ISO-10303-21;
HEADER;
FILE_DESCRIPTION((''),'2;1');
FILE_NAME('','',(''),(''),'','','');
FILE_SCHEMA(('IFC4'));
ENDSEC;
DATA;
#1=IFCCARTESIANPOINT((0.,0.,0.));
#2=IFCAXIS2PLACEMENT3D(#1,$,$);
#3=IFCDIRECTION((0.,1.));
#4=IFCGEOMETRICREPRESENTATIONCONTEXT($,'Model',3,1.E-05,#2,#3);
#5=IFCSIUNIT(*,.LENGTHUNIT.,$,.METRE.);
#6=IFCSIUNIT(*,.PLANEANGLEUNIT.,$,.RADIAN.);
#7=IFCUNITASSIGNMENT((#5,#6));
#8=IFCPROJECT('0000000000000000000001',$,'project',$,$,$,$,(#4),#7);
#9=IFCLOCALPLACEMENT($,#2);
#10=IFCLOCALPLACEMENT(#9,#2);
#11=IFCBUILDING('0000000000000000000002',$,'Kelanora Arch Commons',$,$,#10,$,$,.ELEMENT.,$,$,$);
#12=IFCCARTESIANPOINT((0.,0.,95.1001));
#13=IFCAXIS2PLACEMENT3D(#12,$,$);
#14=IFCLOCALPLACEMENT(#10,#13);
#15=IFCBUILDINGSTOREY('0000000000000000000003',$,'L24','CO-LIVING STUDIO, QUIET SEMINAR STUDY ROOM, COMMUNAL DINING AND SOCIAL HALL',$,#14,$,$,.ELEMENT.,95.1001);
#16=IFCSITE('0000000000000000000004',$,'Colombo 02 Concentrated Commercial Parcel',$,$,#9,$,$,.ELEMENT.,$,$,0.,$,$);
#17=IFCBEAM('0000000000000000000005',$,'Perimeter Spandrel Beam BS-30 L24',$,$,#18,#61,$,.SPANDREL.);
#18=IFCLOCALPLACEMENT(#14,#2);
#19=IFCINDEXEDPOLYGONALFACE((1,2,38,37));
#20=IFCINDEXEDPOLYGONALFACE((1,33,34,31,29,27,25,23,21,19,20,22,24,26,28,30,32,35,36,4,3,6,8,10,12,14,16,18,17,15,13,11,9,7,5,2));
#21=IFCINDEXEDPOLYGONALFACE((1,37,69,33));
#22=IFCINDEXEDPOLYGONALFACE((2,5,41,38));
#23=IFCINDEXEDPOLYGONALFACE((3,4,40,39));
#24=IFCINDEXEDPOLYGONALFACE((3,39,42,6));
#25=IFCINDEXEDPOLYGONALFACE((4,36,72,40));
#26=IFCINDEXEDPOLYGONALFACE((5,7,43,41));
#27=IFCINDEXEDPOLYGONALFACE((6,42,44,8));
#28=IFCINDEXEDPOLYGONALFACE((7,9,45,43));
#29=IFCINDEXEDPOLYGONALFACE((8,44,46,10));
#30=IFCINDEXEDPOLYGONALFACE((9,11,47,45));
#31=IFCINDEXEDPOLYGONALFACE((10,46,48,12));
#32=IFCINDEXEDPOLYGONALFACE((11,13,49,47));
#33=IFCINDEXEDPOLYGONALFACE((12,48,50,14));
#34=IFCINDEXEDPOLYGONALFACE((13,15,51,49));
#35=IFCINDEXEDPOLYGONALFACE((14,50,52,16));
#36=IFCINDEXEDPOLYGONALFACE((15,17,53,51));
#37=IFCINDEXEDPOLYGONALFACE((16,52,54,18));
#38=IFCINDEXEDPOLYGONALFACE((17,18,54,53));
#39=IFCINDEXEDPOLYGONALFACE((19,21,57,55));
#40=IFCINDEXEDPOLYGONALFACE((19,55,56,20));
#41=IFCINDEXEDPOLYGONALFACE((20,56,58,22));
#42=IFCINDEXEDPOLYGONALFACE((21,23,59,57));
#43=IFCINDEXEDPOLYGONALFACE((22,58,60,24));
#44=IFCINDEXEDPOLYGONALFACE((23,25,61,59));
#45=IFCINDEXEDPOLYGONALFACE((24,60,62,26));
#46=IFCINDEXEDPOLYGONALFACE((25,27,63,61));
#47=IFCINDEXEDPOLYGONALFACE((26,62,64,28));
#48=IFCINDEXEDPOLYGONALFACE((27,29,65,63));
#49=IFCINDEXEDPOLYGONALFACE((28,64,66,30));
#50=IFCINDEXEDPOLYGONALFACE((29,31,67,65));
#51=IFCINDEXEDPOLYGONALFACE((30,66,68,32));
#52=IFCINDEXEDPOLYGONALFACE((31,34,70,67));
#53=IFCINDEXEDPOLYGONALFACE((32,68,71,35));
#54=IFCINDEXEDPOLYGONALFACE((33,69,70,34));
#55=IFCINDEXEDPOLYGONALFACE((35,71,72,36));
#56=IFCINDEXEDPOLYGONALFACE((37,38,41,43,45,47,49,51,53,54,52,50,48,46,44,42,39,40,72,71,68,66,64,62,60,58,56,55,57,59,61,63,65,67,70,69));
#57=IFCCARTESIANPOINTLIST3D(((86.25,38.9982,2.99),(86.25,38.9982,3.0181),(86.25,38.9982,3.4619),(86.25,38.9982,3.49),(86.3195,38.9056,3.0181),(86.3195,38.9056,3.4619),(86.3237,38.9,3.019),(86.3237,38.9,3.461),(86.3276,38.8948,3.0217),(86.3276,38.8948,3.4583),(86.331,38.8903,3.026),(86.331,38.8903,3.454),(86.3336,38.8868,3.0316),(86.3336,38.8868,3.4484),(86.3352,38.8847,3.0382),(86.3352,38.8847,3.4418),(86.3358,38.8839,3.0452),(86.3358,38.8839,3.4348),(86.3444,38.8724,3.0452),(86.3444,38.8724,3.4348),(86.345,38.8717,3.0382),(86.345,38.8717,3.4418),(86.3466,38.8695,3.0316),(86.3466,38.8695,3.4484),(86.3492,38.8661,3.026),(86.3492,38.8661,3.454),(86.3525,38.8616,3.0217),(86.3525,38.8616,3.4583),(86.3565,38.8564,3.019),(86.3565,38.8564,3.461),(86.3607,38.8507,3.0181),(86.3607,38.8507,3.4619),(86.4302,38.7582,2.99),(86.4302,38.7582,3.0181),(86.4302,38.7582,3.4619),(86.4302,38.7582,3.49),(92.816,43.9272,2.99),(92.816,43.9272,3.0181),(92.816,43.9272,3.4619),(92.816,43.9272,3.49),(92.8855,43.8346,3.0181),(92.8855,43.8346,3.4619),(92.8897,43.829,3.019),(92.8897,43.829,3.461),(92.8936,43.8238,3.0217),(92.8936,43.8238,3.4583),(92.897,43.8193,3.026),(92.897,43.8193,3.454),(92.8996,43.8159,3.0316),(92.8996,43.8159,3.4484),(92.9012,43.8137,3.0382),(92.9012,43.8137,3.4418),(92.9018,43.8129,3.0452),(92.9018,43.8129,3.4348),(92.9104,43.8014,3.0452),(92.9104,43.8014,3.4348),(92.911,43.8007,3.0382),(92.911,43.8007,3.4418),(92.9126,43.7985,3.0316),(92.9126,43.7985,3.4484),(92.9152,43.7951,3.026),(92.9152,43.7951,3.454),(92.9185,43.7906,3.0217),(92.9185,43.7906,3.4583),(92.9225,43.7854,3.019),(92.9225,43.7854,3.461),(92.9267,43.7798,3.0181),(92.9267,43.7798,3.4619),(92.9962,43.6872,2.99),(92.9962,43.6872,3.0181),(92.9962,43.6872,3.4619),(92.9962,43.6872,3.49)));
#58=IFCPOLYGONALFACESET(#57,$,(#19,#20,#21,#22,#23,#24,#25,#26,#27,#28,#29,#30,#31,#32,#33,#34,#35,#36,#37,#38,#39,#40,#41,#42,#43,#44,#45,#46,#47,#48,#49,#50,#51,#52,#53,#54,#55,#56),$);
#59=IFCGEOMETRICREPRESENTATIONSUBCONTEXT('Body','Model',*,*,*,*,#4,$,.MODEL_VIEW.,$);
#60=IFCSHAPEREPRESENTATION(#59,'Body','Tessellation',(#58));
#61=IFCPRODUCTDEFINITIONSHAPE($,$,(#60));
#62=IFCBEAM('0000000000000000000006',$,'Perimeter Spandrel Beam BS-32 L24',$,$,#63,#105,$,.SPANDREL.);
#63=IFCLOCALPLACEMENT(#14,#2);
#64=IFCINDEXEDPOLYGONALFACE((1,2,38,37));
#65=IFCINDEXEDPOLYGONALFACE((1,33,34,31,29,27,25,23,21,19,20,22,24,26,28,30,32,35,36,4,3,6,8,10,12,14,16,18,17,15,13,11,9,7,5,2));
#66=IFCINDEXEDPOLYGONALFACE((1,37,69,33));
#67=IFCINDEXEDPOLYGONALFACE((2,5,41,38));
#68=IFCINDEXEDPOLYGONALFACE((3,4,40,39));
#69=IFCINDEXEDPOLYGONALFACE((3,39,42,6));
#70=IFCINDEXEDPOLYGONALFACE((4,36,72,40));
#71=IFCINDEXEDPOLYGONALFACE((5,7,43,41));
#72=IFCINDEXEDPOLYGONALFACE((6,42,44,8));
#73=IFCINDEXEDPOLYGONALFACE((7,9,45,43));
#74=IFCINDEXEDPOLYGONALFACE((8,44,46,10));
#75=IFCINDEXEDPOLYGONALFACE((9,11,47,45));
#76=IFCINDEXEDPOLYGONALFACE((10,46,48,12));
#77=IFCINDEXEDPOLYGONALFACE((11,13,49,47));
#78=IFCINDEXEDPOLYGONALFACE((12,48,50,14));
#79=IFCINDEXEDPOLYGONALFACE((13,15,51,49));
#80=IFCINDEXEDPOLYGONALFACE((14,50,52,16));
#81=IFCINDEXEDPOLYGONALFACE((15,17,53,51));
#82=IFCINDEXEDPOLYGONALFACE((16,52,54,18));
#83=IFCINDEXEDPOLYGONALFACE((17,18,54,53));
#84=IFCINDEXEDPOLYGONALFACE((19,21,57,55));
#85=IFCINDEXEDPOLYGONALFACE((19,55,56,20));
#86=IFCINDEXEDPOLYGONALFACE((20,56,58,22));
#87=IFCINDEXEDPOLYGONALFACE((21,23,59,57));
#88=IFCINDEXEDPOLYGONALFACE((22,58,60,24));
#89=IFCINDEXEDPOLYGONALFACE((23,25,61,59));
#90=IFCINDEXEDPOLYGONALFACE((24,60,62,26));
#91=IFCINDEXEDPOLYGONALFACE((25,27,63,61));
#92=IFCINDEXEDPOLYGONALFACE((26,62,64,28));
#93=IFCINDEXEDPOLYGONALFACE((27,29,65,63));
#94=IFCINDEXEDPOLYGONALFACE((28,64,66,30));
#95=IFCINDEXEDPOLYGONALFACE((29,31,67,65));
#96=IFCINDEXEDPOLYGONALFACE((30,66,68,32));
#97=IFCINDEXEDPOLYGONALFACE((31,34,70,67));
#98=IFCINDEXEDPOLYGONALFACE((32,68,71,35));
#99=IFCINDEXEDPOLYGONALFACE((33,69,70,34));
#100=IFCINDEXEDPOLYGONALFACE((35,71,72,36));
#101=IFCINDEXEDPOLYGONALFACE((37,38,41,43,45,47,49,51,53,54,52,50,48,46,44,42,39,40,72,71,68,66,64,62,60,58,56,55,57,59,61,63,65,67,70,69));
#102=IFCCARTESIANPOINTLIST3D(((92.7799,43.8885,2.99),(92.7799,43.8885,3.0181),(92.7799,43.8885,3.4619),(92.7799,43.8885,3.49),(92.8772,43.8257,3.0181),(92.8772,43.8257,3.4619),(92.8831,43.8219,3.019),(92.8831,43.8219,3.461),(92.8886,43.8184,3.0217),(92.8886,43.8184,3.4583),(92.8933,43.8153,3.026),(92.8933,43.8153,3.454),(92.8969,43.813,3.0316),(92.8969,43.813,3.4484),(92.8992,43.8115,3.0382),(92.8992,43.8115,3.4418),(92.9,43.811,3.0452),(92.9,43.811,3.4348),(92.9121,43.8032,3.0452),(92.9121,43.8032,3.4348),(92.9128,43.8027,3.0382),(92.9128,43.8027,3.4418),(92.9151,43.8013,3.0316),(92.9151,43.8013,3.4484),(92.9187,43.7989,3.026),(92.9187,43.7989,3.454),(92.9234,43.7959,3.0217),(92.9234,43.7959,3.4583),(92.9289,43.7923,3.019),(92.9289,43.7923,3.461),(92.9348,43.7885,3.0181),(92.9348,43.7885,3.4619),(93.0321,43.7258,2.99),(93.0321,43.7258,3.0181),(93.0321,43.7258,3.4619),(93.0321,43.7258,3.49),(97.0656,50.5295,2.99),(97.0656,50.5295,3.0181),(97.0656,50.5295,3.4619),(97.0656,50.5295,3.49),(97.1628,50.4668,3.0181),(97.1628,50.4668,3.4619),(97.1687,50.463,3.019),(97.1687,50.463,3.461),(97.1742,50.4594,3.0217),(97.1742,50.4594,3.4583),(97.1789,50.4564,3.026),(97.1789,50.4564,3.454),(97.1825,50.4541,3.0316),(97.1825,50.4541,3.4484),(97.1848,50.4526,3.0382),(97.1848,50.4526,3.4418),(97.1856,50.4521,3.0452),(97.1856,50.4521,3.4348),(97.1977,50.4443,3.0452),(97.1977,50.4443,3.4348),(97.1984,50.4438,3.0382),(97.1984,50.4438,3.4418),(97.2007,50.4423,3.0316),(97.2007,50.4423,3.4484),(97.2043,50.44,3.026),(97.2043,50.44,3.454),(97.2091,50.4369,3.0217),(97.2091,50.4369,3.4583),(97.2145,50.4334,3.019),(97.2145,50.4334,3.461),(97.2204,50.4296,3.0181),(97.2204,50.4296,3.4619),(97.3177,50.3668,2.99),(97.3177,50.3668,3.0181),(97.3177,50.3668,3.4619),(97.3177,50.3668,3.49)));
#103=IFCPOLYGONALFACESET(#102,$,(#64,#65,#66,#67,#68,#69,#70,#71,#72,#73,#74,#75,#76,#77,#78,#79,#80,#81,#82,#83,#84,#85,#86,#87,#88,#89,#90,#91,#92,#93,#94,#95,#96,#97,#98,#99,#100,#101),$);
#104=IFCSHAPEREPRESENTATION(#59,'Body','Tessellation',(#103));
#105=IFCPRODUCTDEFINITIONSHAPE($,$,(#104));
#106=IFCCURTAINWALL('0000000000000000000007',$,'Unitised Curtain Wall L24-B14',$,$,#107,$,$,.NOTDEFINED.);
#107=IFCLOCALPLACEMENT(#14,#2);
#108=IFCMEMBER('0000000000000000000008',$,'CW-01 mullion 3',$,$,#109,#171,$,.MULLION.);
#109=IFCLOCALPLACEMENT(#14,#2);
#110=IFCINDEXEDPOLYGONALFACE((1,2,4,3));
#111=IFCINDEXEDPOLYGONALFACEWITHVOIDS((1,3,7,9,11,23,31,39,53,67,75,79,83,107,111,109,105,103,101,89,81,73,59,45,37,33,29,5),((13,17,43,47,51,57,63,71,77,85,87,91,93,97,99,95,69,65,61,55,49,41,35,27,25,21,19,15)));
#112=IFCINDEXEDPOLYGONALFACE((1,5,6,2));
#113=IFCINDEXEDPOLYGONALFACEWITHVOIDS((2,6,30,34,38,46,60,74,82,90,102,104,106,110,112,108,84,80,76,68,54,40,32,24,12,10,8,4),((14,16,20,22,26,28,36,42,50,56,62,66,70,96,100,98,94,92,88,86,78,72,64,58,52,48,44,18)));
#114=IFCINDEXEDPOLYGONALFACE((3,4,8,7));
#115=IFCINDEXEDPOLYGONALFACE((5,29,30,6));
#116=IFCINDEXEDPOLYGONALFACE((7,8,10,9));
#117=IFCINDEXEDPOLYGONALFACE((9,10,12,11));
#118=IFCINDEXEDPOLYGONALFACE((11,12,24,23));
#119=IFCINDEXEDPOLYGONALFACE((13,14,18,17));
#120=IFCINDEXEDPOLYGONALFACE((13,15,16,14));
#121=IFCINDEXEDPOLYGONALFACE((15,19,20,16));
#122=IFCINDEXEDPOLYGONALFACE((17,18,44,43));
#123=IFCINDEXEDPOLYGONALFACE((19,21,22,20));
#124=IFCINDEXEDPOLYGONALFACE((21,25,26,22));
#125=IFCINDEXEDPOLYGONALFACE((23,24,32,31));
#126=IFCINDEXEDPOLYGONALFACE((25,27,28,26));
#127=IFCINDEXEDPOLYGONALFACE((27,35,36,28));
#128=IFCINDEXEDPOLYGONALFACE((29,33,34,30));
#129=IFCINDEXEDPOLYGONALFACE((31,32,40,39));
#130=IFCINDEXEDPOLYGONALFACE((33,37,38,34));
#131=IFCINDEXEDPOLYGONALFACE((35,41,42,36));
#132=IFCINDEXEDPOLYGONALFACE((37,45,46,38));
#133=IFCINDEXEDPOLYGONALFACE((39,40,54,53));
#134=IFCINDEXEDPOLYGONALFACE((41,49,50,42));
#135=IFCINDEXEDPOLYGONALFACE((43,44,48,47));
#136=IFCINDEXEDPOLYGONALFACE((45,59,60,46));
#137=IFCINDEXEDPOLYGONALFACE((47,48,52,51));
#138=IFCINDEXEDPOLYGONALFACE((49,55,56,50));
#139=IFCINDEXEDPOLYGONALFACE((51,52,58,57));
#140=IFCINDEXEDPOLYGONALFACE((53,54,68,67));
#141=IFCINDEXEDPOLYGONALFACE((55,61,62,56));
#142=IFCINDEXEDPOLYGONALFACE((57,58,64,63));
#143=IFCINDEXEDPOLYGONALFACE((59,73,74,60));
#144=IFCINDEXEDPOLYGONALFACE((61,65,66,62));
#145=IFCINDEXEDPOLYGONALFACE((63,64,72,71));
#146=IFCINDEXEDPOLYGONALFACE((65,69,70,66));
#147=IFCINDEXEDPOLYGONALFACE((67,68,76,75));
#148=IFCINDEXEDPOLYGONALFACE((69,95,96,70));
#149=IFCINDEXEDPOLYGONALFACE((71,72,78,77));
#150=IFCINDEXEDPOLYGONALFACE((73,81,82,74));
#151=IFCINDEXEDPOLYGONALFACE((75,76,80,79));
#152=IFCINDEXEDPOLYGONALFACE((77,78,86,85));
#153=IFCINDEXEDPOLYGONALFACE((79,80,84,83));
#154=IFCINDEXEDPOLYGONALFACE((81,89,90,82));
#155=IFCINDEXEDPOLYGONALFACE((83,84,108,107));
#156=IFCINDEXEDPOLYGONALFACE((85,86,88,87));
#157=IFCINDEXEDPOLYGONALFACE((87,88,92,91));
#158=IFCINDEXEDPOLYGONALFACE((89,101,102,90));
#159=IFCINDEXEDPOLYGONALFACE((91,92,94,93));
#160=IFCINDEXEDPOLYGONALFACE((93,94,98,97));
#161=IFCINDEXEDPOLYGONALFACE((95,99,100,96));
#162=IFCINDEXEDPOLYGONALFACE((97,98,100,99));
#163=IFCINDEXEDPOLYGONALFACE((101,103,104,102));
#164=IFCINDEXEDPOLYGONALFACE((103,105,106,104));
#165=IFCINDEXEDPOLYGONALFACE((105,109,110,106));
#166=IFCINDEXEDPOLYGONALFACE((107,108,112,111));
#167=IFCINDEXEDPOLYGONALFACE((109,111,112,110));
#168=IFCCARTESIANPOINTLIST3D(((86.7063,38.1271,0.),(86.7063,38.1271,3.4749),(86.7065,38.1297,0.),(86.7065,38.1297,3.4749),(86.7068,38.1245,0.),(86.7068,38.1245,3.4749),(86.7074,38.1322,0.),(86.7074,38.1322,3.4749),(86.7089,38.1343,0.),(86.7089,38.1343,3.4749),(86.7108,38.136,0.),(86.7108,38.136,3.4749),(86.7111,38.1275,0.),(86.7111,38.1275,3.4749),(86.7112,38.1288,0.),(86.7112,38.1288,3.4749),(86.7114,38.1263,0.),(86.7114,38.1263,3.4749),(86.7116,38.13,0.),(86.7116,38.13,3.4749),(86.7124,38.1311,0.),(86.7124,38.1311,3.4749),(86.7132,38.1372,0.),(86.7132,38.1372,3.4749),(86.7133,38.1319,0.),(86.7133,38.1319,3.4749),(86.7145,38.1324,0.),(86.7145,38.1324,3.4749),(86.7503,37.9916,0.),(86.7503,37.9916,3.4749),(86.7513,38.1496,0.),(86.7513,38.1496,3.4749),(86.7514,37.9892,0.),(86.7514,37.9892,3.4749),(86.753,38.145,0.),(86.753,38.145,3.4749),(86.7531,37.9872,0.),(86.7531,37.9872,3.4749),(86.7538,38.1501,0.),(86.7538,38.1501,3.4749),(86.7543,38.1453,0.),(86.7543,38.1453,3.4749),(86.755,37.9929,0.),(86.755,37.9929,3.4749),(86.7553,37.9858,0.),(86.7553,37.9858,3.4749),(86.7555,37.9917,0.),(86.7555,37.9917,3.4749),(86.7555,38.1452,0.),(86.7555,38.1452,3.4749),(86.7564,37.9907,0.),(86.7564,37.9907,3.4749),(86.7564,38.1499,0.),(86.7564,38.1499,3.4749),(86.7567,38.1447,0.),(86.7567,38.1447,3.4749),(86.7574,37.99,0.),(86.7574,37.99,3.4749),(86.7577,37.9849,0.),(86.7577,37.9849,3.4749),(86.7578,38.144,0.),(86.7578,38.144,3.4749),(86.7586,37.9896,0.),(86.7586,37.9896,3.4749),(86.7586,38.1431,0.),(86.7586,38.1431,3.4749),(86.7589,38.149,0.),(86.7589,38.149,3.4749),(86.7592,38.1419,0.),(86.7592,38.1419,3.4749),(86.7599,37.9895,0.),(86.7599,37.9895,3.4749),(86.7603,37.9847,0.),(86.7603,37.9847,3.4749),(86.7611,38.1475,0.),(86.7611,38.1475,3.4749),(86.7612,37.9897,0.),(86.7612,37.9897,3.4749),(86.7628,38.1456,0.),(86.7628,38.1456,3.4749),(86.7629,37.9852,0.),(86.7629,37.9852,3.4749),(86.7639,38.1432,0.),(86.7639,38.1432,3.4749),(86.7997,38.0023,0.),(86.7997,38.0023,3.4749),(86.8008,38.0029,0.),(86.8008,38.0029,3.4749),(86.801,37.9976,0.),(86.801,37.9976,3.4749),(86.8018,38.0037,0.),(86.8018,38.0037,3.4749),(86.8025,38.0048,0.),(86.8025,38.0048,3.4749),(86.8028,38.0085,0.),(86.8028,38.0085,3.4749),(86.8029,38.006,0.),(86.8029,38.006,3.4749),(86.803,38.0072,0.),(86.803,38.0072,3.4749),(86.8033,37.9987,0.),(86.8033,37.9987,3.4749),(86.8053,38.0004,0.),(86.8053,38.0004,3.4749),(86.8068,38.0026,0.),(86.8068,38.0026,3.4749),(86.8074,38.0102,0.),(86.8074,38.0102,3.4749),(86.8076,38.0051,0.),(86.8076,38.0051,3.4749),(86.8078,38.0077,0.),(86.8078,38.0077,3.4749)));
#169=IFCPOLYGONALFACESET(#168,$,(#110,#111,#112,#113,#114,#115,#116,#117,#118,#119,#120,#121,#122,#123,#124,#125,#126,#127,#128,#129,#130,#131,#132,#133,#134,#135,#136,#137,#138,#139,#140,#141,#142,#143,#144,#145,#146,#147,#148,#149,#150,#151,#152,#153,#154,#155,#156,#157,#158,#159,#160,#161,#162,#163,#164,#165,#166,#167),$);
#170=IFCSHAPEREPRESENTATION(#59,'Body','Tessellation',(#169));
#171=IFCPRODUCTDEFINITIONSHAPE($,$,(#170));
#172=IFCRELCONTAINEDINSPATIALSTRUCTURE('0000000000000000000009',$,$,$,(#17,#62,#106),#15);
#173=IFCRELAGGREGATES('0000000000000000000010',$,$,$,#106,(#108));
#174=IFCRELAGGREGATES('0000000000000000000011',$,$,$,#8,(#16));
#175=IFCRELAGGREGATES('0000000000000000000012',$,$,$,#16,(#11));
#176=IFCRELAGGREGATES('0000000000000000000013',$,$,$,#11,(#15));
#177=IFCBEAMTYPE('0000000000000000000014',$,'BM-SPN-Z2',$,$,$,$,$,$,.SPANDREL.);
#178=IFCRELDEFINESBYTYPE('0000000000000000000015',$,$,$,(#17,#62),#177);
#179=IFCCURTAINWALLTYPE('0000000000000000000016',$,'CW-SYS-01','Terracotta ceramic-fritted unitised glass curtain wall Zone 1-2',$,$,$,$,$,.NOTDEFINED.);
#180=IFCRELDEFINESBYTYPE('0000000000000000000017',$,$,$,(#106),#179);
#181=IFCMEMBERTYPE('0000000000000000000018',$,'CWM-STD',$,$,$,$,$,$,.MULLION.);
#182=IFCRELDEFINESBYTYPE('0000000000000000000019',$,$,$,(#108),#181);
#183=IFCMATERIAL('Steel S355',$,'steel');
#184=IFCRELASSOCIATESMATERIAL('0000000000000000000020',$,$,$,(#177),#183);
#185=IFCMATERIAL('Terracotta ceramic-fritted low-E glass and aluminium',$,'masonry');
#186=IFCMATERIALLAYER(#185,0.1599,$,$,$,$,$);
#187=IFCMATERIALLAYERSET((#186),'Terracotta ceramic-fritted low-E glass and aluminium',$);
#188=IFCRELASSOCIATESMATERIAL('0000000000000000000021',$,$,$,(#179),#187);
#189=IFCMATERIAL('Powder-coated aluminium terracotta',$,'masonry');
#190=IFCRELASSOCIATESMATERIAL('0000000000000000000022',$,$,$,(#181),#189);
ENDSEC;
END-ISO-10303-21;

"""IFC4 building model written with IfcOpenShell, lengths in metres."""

from ifc_helpers import new_model, si_unit, direction, frame, origin, origin_2d, place, context, subcontext, project, spatial, hollow_rectangle, i_section, extrude, material, layer, layer_set, material_profile, profile_set, type_object, element, aggregate, save


model = new_model("IFC4")

# Units and contexts
model_context = context("Model", 3, precision=1e-05, world=origin(), true_north=direction((0.0, 1.0)))
body_context = subcontext(model_context, "Body", "Model", "MODEL_VIEW")
ifc_project = project(units=[si_unit("LENGTHUNIT", "METRE"), si_unit("PLANEANGLEUNIT", "RADIAN")], contexts=[model_context])

# Site, building, storey
site_placement = place(None, origin())
site = spatial("IfcSite", under=ifc_project, at=site_placement, Name="Colombo 02 Concentrated Commercial Parcel", CompositionType="ELEMENT", RefElevation=0.0)
building_placement = place(site_placement, origin())
building = spatial("IfcBuilding", under=site, at=building_placement, Name="Kelanora Arch Commons", CompositionType="ELEMENT")
storey_placement = place(building_placement, frame((0.0, 0.0, 95.1001)))
storey = spatial("IfcBuildingStorey", under=building, at=storey_placement, Name="L24", Description="CO-LIVING STUDIO, QUIET SEMINAR STUDY ROOM, COMMUNAL DINING AND SOCIAL HALL", CompositionType="ELEMENT", Elevation=95.1001)

# Beams
ifc_material_1 = material(Name="Steel S355", Category="steel")
ifc_material_profile_1 = material_profile(ifc_material_1, i_section(OverallWidth=0.3, OverallDepth=0.5, WebThickness=0.0144, FlangeThickness=0.0281, FilletRadius=0.0271, at=origin_2d()), Name="HEB500")
ifc_profile_set_1 = profile_set([ifc_material_profile_1], Name="Steel S355")
beam_type_1 = type_object("IfcBeamType", Name="BM-SPN-Z2", PredefinedType="SPANDREL", material=ifc_profile_set_1)
beam_1_placement = place(storey_placement, frame((86.3401, 38.8782, 3.24), z_axis=(0.799736, 0.600352, 0.0), x_axis=(-0.600352, 0.799736, 0.0)))
element("IfcBeam", 1, at=beam_1_placement, inside=storey, type_object=beam_type_1, Name="Perimeter Spandrel Beam BS-30 L24", PredefinedType="SPANDREL", context=body_context, shape_type="SweptSolid", body=[
    extrude(i_section(OverallWidth=0.3, OverallDepth=0.5, WebThickness=0.0144, FlangeThickness=0.0281, FilletRadius=0.0271, at=origin_2d()), origin(), (0.0, 0.0, 1.0), 8.2102),
])
beam_2_placement = place(storey_placement, frame((92.906, 43.8071, 3.24), z_axis=(0.542221, 0.840236, 0.0), x_axis=(-0.840236, 0.542221, 0.0)))
element("IfcBeam", 2, at=beam_2_placement, inside=storey, type_object=beam_type_1, Name="Perimeter Spandrel Beam BS-32 L24", PredefinedType="SPANDREL", context=body_context, shape_type="SweptSolid", body=[
    extrude(i_section(OverallWidth=0.3, OverallDepth=0.5, WebThickness=0.0144, FlangeThickness=0.0281, FilletRadius=0.0271, at=origin_2d()), origin(), (0.0, 0.0, 1.0), 7.9038),
])

# Curtain wall, member
ifc_material_2 = material(Name="Terracotta ceramic-fritted low-E glass and aluminium", Category="masonry")
ifc_layer_1 = layer(ifc_material_2, 0.1599)
ifc_layer_set_1 = layer_set([ifc_layer_1], Name="Terracotta ceramic-fritted low-E glass and aluminium")
curtain_wall_type = type_object("IfcCurtainWallType", Name="CW-SYS-01", Description="Terracotta ceramic-fritted unitised glass curtain wall Zone 1-2", PredefinedType="NOTDEFINED", material=ifc_layer_set_1)
curtain_wall_1_placement = place(storey_placement, origin())
curtain_wall_1 = element("IfcCurtainWall", 3, at=curtain_wall_1_placement, inside=storey, type_object=curtain_wall_type, Name="Unitised Curtain Wall L24-B14", PredefinedType="NOTDEFINED")
ifc_material_3 = material(Name="Powder-coated aluminium terracotta", Category="masonry")
ifc_material_profile_2 = material_profile(ifc_material_3, hollow_rectangle(XDim=0.1599, YDim=0.0601, WallThickness=0.0049, InnerFilletRadius=0.0049, OuterFilletRadius=0.01, at=origin_2d()), Name="CWM160x60")
ifc_profile_set_2 = profile_set([ifc_material_profile_2], Name="Powder-coated aluminium terracotta")
member_type_1 = type_object("IfcMemberType", Name="CWM-STD", PredefinedType="MULLION", material=ifc_profile_set_2)
member_1_placement = place(storey_placement, frame((86.7571, 38.0674, 0.0), z_axis=(0.0, 0.0, 1.0), x_axis=(-0.310805, 0.950474, 0.0)))
member_1 = element("IfcMember", 4, at=member_1_placement, type_object=member_type_1, Name="CW-01 mullion 3", PredefinedType="MULLION", context=body_context, shape_type="SweptSolid", body=[
    extrude(hollow_rectangle(XDim=0.1599, YDim=0.0601, WallThickness=0.0049, InnerFilletRadius=0.0049, OuterFilletRadius=0.01, at=origin_2d()), origin(), (0.0, 0.0, 1.0), 3.4749),
])
aggregate(curtain_wall_1, [member_1])

save(model, "model.ifc")
